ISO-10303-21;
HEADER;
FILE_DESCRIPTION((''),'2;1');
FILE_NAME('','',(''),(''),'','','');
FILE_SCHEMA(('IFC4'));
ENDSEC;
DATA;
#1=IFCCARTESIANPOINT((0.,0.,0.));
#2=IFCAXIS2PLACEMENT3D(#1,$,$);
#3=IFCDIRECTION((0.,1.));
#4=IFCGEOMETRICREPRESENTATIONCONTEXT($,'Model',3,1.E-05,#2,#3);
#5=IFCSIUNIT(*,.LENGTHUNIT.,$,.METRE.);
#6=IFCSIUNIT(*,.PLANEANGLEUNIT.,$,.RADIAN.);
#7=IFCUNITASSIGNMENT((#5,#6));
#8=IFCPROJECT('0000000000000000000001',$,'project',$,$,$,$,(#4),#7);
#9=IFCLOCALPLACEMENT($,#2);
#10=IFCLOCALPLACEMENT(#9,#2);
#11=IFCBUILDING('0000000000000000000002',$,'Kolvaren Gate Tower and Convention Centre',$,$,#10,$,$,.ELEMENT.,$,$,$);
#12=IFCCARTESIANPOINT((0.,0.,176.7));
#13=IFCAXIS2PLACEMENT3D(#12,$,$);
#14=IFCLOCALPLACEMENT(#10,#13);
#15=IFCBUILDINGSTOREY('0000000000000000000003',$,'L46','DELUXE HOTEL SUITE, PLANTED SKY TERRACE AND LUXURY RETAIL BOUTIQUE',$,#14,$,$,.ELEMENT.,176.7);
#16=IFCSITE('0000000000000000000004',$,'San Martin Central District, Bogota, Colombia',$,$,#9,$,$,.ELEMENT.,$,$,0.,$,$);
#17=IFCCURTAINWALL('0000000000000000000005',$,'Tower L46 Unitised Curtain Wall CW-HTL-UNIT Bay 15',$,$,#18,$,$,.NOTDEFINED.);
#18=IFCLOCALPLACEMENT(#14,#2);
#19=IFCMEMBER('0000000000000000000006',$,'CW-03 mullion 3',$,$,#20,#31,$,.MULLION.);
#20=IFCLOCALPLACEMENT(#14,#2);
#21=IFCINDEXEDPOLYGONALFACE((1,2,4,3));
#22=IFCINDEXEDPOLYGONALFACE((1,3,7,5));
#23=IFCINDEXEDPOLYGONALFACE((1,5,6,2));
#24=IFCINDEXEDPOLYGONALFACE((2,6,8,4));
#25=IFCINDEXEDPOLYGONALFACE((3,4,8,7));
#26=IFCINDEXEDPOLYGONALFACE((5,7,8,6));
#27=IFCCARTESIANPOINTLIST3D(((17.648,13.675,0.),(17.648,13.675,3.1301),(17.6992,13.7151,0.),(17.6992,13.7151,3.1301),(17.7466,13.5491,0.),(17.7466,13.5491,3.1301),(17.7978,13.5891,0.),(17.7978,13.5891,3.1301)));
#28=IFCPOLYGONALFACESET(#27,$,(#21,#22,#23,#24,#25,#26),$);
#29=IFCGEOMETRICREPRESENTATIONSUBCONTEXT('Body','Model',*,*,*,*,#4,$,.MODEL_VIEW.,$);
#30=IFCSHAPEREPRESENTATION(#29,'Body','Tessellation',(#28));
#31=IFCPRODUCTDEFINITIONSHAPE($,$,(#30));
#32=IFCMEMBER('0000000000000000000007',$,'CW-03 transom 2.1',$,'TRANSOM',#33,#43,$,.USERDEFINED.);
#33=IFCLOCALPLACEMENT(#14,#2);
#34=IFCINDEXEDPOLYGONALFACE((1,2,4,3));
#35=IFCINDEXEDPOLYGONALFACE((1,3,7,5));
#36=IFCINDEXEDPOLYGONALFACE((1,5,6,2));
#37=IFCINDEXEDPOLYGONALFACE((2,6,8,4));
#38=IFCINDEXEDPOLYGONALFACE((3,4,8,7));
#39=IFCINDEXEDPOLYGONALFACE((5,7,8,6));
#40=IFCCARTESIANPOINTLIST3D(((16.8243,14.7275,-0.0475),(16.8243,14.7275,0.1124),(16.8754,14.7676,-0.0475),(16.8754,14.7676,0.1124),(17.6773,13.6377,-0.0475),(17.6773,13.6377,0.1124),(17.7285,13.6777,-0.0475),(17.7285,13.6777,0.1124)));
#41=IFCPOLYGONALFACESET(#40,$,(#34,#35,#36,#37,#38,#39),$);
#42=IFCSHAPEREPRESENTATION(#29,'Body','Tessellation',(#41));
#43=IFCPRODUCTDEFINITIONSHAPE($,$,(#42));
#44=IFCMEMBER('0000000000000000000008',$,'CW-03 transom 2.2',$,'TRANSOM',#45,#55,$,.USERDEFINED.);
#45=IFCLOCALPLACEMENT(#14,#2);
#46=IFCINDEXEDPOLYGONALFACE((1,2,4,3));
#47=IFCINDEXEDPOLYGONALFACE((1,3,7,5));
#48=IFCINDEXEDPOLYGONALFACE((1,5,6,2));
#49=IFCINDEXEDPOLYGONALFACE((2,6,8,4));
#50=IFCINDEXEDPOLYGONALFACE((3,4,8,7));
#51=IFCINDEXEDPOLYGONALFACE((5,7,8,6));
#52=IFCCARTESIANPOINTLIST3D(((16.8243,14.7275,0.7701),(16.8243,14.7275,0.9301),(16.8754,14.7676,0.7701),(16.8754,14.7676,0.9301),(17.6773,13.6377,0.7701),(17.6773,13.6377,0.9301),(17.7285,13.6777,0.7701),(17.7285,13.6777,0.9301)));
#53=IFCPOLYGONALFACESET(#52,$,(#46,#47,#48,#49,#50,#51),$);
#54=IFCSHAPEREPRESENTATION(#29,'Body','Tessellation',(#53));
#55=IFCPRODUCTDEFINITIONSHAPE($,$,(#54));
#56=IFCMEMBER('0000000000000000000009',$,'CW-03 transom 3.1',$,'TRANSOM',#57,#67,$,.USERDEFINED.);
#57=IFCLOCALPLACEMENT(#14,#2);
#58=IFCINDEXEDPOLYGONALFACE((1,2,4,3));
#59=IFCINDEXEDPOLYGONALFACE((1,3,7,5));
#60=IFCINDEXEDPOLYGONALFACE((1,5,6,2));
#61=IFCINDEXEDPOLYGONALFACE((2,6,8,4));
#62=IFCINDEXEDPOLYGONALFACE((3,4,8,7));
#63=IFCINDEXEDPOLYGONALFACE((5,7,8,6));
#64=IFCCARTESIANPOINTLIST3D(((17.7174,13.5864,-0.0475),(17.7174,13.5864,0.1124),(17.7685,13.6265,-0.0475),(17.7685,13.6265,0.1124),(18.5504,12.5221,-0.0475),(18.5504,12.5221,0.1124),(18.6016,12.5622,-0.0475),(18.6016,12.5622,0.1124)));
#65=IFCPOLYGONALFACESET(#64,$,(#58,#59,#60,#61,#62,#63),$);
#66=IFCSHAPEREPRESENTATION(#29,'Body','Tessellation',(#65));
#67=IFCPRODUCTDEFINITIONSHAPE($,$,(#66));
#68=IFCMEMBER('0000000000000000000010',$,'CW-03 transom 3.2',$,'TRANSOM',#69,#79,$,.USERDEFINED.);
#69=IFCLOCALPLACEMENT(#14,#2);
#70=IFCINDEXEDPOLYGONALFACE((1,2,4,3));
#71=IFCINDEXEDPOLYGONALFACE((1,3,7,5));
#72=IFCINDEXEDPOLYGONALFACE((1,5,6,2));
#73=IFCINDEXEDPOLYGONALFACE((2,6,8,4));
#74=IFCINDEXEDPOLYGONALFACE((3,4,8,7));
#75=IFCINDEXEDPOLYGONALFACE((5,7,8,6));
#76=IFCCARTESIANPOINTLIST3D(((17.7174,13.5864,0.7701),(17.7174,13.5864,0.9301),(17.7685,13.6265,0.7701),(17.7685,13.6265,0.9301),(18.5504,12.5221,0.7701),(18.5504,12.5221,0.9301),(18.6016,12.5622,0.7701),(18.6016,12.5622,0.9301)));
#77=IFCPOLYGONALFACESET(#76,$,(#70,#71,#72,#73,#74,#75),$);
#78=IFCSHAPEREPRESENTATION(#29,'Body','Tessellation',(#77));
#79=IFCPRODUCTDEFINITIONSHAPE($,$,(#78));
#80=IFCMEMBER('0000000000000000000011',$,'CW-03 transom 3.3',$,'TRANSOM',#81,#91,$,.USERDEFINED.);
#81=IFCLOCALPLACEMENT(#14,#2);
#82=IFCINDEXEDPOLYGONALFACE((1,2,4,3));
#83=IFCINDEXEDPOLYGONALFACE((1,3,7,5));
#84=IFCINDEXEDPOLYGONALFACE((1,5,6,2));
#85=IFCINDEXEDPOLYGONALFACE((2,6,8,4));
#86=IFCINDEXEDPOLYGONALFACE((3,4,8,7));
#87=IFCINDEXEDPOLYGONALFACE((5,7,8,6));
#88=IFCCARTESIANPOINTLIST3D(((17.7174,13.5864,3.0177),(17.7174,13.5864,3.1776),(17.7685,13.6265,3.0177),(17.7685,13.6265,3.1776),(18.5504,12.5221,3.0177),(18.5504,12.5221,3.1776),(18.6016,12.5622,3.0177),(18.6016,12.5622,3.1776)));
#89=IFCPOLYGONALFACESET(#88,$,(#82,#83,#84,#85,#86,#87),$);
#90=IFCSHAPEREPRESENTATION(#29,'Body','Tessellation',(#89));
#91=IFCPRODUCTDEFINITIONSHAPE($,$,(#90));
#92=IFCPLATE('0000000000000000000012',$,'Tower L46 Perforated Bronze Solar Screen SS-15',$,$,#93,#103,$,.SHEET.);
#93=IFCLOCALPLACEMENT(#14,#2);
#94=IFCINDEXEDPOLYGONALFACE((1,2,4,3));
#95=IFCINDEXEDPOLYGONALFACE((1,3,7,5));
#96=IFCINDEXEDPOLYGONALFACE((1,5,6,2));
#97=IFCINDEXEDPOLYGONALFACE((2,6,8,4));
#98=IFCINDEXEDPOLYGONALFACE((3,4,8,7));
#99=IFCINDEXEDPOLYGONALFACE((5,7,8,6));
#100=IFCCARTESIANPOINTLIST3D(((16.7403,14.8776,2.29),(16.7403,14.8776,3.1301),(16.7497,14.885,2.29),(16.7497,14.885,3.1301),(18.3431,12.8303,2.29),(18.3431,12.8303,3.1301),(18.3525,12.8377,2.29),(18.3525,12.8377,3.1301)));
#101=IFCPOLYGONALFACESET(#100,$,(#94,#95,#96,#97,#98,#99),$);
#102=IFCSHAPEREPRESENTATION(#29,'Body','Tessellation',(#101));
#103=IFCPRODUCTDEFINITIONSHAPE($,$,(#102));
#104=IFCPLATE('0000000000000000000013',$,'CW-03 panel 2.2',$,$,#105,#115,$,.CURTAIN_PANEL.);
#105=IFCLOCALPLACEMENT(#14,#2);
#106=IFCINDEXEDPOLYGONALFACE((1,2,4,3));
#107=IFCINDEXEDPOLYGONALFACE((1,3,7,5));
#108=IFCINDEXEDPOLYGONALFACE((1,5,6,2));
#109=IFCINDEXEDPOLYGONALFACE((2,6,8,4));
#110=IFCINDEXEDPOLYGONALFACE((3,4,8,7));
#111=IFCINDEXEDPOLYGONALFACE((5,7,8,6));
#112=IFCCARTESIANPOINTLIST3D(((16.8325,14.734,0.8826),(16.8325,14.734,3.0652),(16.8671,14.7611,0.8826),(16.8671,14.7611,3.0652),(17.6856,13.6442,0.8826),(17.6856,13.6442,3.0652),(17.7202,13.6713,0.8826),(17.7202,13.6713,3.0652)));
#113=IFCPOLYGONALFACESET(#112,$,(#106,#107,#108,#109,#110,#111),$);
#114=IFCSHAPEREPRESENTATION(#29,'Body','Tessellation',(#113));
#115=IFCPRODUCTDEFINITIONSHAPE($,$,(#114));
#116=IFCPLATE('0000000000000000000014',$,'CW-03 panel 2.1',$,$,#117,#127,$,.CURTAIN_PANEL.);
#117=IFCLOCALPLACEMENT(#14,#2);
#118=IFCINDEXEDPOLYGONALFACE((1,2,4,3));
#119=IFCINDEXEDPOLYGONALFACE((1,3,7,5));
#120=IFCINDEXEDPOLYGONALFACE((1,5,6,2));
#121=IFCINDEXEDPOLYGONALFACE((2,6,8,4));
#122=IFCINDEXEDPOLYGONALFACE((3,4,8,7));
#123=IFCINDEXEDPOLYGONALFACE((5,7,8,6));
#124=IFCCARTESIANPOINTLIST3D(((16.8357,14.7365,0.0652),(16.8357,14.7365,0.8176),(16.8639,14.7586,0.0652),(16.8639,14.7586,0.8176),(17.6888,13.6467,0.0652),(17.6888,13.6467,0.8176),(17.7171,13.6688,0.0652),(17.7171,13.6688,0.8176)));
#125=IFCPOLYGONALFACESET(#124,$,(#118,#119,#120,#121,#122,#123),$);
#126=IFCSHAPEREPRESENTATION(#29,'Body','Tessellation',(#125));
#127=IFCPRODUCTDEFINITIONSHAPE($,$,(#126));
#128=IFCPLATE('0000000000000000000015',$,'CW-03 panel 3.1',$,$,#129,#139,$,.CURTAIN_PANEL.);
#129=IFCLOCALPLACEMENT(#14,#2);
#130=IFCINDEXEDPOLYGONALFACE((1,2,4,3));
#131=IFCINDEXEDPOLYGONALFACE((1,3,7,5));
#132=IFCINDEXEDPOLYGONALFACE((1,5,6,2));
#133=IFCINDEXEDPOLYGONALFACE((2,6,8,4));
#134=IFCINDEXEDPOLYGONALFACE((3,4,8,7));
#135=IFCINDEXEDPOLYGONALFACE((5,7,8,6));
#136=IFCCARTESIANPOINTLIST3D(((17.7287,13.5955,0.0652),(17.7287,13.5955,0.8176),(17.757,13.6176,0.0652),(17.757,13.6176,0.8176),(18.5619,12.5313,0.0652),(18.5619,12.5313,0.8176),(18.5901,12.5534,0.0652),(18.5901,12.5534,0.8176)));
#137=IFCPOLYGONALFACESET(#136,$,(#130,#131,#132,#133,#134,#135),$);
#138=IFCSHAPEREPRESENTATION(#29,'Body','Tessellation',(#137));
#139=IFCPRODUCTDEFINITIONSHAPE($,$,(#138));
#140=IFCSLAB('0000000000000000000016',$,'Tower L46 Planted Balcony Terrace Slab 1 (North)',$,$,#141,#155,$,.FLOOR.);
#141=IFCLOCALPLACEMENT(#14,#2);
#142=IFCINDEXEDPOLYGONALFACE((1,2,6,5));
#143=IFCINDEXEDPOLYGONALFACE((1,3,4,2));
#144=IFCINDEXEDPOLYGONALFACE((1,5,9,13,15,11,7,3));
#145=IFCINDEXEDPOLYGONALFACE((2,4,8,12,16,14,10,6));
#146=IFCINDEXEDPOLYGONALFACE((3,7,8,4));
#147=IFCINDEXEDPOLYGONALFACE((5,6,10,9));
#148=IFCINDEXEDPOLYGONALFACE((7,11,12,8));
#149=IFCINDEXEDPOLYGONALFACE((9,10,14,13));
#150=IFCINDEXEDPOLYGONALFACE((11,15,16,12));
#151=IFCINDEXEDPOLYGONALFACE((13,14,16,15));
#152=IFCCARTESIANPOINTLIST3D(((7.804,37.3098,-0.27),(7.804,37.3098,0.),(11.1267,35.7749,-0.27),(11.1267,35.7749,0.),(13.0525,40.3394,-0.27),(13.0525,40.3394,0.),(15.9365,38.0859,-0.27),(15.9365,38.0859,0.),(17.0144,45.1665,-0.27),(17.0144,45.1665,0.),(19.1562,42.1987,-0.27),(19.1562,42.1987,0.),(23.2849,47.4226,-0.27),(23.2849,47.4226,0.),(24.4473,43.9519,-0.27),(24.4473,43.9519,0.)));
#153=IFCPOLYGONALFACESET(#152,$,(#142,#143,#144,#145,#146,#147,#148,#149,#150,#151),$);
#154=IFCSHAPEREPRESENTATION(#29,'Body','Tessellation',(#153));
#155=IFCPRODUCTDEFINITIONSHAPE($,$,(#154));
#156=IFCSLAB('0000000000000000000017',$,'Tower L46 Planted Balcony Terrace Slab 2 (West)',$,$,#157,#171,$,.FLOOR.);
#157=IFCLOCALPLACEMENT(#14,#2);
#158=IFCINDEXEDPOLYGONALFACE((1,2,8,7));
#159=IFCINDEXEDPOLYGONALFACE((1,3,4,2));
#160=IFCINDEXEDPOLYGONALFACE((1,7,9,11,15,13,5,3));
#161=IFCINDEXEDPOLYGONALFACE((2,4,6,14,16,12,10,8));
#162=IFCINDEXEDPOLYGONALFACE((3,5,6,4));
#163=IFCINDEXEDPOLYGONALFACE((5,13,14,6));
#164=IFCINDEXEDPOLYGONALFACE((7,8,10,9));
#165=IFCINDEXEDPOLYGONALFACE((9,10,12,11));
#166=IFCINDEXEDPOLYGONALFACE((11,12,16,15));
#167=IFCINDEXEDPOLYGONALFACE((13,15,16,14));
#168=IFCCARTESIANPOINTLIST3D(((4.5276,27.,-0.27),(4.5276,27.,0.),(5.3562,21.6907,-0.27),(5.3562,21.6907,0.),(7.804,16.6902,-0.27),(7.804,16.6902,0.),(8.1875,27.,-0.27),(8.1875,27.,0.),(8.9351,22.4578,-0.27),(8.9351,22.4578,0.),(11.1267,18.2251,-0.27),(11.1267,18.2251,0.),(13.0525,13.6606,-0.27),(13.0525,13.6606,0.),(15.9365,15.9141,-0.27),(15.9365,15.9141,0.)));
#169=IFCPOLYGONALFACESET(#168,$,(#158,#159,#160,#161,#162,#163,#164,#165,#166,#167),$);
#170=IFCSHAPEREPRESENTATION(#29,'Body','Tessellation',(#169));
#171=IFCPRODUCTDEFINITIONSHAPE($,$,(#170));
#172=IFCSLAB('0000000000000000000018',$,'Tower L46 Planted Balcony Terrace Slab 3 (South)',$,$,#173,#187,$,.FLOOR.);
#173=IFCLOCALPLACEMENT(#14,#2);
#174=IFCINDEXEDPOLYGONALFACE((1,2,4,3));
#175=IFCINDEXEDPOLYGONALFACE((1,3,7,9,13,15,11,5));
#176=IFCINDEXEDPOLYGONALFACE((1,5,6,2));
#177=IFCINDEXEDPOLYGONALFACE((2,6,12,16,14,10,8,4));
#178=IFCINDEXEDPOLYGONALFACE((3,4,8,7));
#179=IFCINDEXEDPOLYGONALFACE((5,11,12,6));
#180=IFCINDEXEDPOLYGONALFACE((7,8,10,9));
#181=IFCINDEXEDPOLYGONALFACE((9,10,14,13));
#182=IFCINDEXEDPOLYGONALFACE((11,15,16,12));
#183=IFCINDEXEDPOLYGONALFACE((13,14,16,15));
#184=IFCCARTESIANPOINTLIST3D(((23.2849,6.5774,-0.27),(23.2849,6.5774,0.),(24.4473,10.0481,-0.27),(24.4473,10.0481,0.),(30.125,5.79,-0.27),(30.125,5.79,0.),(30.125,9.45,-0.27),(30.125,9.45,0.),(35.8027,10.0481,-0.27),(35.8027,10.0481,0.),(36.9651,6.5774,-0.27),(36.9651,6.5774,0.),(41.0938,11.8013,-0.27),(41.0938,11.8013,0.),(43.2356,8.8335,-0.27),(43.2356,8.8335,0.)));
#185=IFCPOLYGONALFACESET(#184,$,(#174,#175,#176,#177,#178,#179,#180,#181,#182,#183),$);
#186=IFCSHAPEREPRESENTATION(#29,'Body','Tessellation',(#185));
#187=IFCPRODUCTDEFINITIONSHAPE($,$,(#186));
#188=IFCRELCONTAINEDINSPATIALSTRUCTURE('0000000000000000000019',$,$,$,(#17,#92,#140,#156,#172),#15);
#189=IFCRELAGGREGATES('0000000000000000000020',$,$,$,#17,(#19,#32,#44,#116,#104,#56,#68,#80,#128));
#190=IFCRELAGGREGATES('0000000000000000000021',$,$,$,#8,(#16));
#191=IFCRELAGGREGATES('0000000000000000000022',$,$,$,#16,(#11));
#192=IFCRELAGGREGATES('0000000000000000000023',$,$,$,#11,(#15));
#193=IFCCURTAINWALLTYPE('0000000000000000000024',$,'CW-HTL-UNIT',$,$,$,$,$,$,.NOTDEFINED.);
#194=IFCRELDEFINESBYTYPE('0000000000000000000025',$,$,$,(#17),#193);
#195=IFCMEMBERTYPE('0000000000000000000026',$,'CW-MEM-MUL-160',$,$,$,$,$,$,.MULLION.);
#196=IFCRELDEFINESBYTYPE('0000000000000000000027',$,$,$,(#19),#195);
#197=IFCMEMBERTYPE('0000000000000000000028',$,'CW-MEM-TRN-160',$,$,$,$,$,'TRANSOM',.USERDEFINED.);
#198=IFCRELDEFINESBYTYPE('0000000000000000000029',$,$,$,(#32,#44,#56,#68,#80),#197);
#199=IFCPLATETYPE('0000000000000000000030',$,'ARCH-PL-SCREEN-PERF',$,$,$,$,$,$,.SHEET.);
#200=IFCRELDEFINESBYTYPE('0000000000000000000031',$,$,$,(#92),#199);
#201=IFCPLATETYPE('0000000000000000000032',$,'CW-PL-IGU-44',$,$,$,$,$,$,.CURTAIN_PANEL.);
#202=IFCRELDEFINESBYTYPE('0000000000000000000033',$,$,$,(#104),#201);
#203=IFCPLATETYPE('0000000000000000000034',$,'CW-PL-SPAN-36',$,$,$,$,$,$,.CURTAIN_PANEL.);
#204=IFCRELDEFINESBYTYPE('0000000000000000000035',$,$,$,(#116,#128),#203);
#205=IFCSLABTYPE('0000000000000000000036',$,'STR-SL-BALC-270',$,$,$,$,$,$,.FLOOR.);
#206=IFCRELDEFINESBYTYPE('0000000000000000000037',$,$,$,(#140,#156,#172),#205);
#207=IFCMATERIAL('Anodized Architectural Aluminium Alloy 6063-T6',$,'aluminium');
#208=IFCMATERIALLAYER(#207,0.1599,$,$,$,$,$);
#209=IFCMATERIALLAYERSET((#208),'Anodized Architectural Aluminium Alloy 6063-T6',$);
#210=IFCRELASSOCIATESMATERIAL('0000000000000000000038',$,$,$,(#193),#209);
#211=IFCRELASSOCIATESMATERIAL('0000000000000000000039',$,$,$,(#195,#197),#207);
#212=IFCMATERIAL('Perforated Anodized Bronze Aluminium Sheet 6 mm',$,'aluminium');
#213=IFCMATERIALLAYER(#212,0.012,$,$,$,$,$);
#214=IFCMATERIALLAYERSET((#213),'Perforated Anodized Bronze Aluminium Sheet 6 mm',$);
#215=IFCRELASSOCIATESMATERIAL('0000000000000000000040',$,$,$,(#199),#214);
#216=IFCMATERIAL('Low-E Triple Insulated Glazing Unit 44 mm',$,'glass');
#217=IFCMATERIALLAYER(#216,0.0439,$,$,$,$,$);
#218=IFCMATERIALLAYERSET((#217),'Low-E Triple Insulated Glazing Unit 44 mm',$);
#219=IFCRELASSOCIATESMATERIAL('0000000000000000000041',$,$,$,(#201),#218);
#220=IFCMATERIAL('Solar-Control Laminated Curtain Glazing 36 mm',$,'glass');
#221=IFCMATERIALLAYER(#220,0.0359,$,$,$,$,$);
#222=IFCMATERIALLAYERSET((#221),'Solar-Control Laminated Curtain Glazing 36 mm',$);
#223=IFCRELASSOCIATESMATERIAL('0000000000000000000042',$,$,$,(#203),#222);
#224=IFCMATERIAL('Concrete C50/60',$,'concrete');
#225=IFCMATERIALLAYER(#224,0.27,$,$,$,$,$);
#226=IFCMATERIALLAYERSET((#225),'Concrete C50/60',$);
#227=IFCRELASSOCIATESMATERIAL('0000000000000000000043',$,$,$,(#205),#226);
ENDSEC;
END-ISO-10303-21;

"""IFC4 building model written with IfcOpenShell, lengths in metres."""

from ifc_helpers import new_model, si_unit, direction, frame, origin, origin_2d, place, context, subcontext, project, spatial, polyline, rectangle, outline, extrude, material, layer, layer_set, material_profile, profile_set, type_object, element, aggregate, save


model = new_model("IFC4")

# Units and contexts
model_context = context("Model", 3, precision=1e-05, world=origin(), true_north=direction((0.0, 1.0)))
body_context = subcontext(model_context, "Body", "Model", "MODEL_VIEW")
ifc_project = project(units=[si_unit("LENGTHUNIT", "METRE"), si_unit("PLANEANGLEUNIT", "RADIAN")], contexts=[model_context])

# Site, building, storey
site_placement = place(None, origin())
site = spatial("IfcSite", under=ifc_project, at=site_placement, Name="San Martin Central District, Bogota, Colombia", CompositionType="ELEMENT", RefElevation=0.0)
building_placement = place(site_placement, origin())
building = spatial("IfcBuilding", under=site, at=building_placement, Name="Kolvaren Gate Tower and Convention Centre", CompositionType="ELEMENT")
storey_placement = place(building_placement, frame((0.0, 0.0, 176.7)))
storey = spatial("IfcBuildingStorey", under=building, at=storey_placement, Name="L46", Description="DELUXE HOTEL SUITE, PLANTED SKY TERRACE AND LUXURY RETAIL BOUTIQUE", CompositionType="ELEMENT", Elevation=176.7)

# Curtain wall, members
ifc_material_1 = material(Name="Anodized Architectural Aluminium Alloy 6063-T6", Category="aluminium")
ifc_layer_1 = layer(ifc_material_1, 0.1599)
ifc_layer_set_1 = layer_set([ifc_layer_1], Name="Anodized Architectural Aluminium Alloy 6063-T6")
curtain_wall_type = type_object("IfcCurtainWallType", Name="CW-HTL-UNIT", PredefinedType="NOTDEFINED", material=ifc_layer_set_1)
curtain_wall_placement = place(storey_placement, origin())
curtain_wall = element("IfcCurtainWall", 1, at=curtain_wall_placement, inside=storey, type_object=curtain_wall_type, Name="Tower L46 Unitised Curtain Wall CW-HTL-UNIT Bay 15", PredefinedType="NOTDEFINED")
ifc_material_profile_1 = material_profile(ifc_material_1, rectangle(XDim=0.0649, YDim=0.1599, at=origin_2d()), Name="CW-MEM-MUL-160")
ifc_profile_set_1 = profile_set([ifc_material_profile_1], Name="Anodized Architectural Aluminium Alloy 6063-T6")
member_type_1 = type_object("IfcMemberType", Name="CW-MEM-MUL-160", PredefinedType="MULLION", material=ifc_profile_set_1)
member_1_placement = place(storey_placement, frame((17.7229, 13.6321, 0.0), z_axis=(0.0, 0.0, 1.0), x_axis=(0.787415, 0.616424, 0.0)))
member_1 = element("IfcMember", 2, at=member_1_placement, type_object=member_type_1, Name="CW-03 mullion 3", PredefinedType="MULLION", context=body_context, shape_type="SweptSolid", body=[
    extrude(rectangle(XDim=0.0649, YDim=0.1599, at=origin_2d()), origin(), (0.0, 0.0, 1.0), 3.1301),
])
ifc_material_profile_2 = material_profile(ifc_material_1, rectangle(XDim=0.0649, YDim=0.1599, at=origin_2d()), Name="CW-MEM-TRN-160")
ifc_profile_set_2 = profile_set([ifc_material_profile_2], Name="Anodized Architectural Aluminium Alloy 6063-T6")
member_type_2 = type_object("IfcMemberType", Name="CW-MEM-TRN-160", ElementType="TRANSOM", PredefinedType="USERDEFINED", material=ifc_profile_set_2)
member_2_placement = place(storey_placement, frame((16.8499, 14.7476, 0.0325), z_axis=(0.616356, -0.787468, 0.0), x_axis=(0.787468, 0.616356, 0.0)))
member_2 = element("IfcMember", 3, at=member_2_placement, type_object=member_type_2, Name="CW-03 transom 2.1", ObjectType="TRANSOM", PredefinedType="USERDEFINED", context=body_context, shape_type="SweptSolid", body=[
    extrude(rectangle(XDim=0.0649, YDim=0.1599, at=origin_2d()), origin(), (0.0, 0.0, 1.0), 1.384),
])
member_3_placement = place(storey_placement, frame((16.8499, 14.7476, 0.8501), z_axis=(0.616356, -0.787468, 0.0), x_axis=(0.787468, 0.616356, 0.0)))
member_3 = element("IfcMember", 4, at=member_3_placement, type_object=member_type_2, Name="CW-03 transom 2.2", ObjectType="TRANSOM", PredefinedType="USERDEFINED", context=body_context, shape_type="SweptSolid", body=[
    extrude(rectangle(XDim=0.0649, YDim=0.1599, at=origin_2d()), origin(), (0.0, 0.0, 1.0), 1.384),
])
member_4_placement = place(storey_placement, frame((17.7429, 13.6064, 0.0325), z_axis=(0.616376, -0.787452, 0.0), x_axis=(0.787452, 0.616376, 0.0)))
member_4 = element("IfcMember", 5, at=member_4_placement, type_object=member_type_2, Name="CW-03 transom 3.1", ObjectType="TRANSOM", PredefinedType="USERDEFINED", context=body_context, shape_type="SweptSolid", body=[
    extrude(rectangle(XDim=0.0649, YDim=0.1599, at=origin_2d()), origin(), (0.0, 0.0, 1.0), 1.3516),
])
member_5_placement = place(storey_placement, frame((17.7429, 13.6064, 0.8501), z_axis=(0.616376, -0.787452, 0.0), x_axis=(0.787452, 0.616376, 0.0)))
member_5 = element("IfcMember", 6, at=member_5_placement, type_object=member_type_2, Name="CW-03 transom 3.2", ObjectType="TRANSOM", PredefinedType="USERDEFINED", context=body_context, shape_type="SweptSolid", body=[
    extrude(rectangle(XDim=0.0649, YDim=0.1599, at=origin_2d()), origin(), (0.0, 0.0, 1.0), 1.3516),
])
member_6_placement = place(storey_placement, frame((17.7429, 13.6064, 3.0977), z_axis=(0.616376, -0.787452, 0.0), x_axis=(0.787452, 0.616376, 0.0)))
member_6 = element("IfcMember", 7, at=member_6_placement, type_object=member_type_2, Name="CW-03 transom 3.3", ObjectType="TRANSOM", PredefinedType="USERDEFINED", context=body_context, shape_type="SweptSolid", body=[
    extrude(rectangle(XDim=0.0649, YDim=0.1599, at=origin_2d()), origin(), (0.0, 0.0, 1.0), 1.3516),
])

# Plates
ifc_material_2 = material(Name="Perforated Anodized Bronze Aluminium Sheet 6 mm", Category="aluminium")
ifc_layer_2 = layer(ifc_material_2, 0.012)
ifc_layer_set_2 = layer_set([ifc_layer_2], Name="Perforated Anodized Bronze Aluminium Sheet 6 mm")
plate_type_1 = type_object("IfcPlateType", Name="ARCH-PL-SCREEN-PERF", PredefinedType="SHEET", material=ifc_layer_set_2)
plate_1_placement = place(storey_placement, frame((17.5464, 13.8577, 2.29), z_axis=(0.0, 0.0, 1.0), x_axis=(0.616434, -0.787406, 0.0)))
element("IfcPlate", 8, at=plate_1_placement, inside=storey, type_object=plate_type_1, Name="Tower L46 Perforated Bronze Solar Screen SS-15", PredefinedType="SHEET", context=body_context, shape_type="SweptSolid", body=[
    extrude(rectangle(XDim=2.6001, YDim=0.012, at=origin_2d()), origin(), (0.0, 0.0, 1.0), 0.8401),
])
ifc_material_3 = material(Name="Low-E Triple Insulated Glazing Unit 44 mm", Category="glass")
ifc_layer_3 = layer(ifc_material_3, 0.0439)
ifc_layer_set_3 = layer_set([ifc_layer_3], Name="Low-E Triple Insulated Glazing Unit 44 mm")
plate_type_2 = type_object("IfcPlateType", Name="CW-PL-IGU-44", PredefinedType="CURTAIN_PANEL", material=ifc_layer_set_3)
plate_2_placement = place(storey_placement, frame((17.2764, 14.2026, 0.8826), z_axis=(0.0, 0.0, 1.0), x_axis=(0.616424, -0.787415, 0.0)))
plate_2 = element("IfcPlate", 9, at=plate_2_placement, type_object=plate_type_2, Name="CW-03 panel 2.2", PredefinedType="CURTAIN_PANEL", context=body_context, shape_type="SweptSolid", body=[
    extrude(rectangle(XDim=1.384, YDim=0.0439, at=origin_2d()), origin(), (0.0, 0.0, 1.0), 2.1826),
])
ifc_material_4 = material(Name="Solar-Control Laminated Curtain Glazing 36 mm", Category="glass")
ifc_layer_4 = layer(ifc_material_4, 0.0359)
ifc_layer_set_4 = layer_set([ifc_layer_4], Name="Solar-Control Laminated Curtain Glazing 36 mm")
plate_type_3 = type_object("IfcPlateType", Name="CW-PL-SPAN-36", PredefinedType="CURTAIN_PANEL", material=ifc_layer_set_4)
plate_3_placement = place(storey_placement, frame((17.2764, 14.2026, 0.0652), z_axis=(0.0, 0.0, 1.0), x_axis=(0.616424, -0.787415, 0.0)))
plate_3 = element("IfcPlate", 10, at=plate_3_placement, type_object=plate_type_3, Name="CW-03 panel 2.1", PredefinedType="CURTAIN_PANEL", context=body_context, shape_type="SweptSolid", body=[
    extrude(rectangle(XDim=1.384, YDim=0.0359, at=origin_2d()), origin(), (0.0, 0.0, 1.0), 0.7524),
])
plate_4_placement = place(storey_placement, frame((18.1594, 13.0745, 0.0652), z_axis=(0.0, 0.0, 1.0), x_axis=(0.616424, -0.787415, 0.0)))
plate_4 = element("IfcPlate", 11, at=plate_4_placement, type_object=plate_type_3, Name="CW-03 panel 3.1", PredefinedType="CURTAIN_PANEL", context=body_context, shape_type="SweptSolid", body=[
    extrude(rectangle(XDim=1.3516, YDim=0.0359, at=origin_2d()), origin(), (0.0, 0.0, 1.0), 0.7524),
])
aggregate(curtain_wall, [member_1, member_2, member_3, plate_3, plate_2, member_4, member_5, member_6, plate_4])

# Slabs
ifc_material_5 = material(Name="Concrete C50/60", Category="concrete")
ifc_layer_5 = layer(ifc_material_5, 0.27)
ifc_layer_set_5 = layer_set([ifc_layer_5], Name="Concrete C50/60")
slab_type_1 = type_object("IfcSlabType", Name="STR-SL-BALC-270", PredefinedType="FLOOR", material=ifc_layer_set_5)
slab_1_placement = place(storey_placement, frame((0.0, 0.0, -0.27)))
element("IfcSlab", 12, at=slab_1_placement, inside=storey, type_object=slab_type_1, Name="Tower L46 Planted Balcony Terrace Slab 1 (North)", PredefinedType="FLOOR", context=body_context, shape_type="SweptSolid", body=[
    extrude(outline(polyline([(24.4473, 43.9519), (19.1562, 42.1987), (15.9365, 38.0859), (11.1267, 35.7749), (7.804, 37.3098), (13.0525, 40.3394), (17.0144, 45.1665), (23.2849, 47.4226), (24.4473, 43.9519)])), origin(), (0.0, 0.0, 1.0), 0.27),
])
slab_2_placement = place(storey_placement, frame((0.0, 0.0, -0.27)))
element("IfcSlab", 13, at=slab_2_placement, inside=storey, type_object=slab_type_1, Name="Tower L46 Planted Balcony Terrace Slab 2 (West)", PredefinedType="FLOOR", context=body_context, shape_type="SweptSolid", body=[
    extrude(outline(polyline([(8.1875, 27.0), (8.9351, 22.4578), (11.1267, 18.2251), (15.9365, 15.9141), (13.0525, 13.6606), (7.804, 16.6902), (5.3562, 21.6907), (4.5276, 27.0), (8.1875, 27.0)])), origin(), (0.0, 0.0, 1.0), 0.27),
])
slab_3_placement = place(storey_placement, frame((0.0, 0.0, -0.27)))
element("IfcSlab", 14, at=slab_3_placement, inside=storey, type_object=slab_type_1, Name="Tower L46 Planted Balcony Terrace Slab 3 (South)", PredefinedType="FLOOR", context=body_context, shape_type="SweptSolid", body=[
    extrude(outline(polyline([(24.4473, 10.0481), (30.125, 9.45), (35.8027, 10.0481), (41.0938, 11.8013), (43.2356, 8.8335), (36.9651, 6.5774), (30.125, 5.79), (23.2849, 6.5774), (24.4473, 10.0481)])), origin(), (0.0, 0.0, 1.0), 0.27),
])

save(model, "model.ifc")
